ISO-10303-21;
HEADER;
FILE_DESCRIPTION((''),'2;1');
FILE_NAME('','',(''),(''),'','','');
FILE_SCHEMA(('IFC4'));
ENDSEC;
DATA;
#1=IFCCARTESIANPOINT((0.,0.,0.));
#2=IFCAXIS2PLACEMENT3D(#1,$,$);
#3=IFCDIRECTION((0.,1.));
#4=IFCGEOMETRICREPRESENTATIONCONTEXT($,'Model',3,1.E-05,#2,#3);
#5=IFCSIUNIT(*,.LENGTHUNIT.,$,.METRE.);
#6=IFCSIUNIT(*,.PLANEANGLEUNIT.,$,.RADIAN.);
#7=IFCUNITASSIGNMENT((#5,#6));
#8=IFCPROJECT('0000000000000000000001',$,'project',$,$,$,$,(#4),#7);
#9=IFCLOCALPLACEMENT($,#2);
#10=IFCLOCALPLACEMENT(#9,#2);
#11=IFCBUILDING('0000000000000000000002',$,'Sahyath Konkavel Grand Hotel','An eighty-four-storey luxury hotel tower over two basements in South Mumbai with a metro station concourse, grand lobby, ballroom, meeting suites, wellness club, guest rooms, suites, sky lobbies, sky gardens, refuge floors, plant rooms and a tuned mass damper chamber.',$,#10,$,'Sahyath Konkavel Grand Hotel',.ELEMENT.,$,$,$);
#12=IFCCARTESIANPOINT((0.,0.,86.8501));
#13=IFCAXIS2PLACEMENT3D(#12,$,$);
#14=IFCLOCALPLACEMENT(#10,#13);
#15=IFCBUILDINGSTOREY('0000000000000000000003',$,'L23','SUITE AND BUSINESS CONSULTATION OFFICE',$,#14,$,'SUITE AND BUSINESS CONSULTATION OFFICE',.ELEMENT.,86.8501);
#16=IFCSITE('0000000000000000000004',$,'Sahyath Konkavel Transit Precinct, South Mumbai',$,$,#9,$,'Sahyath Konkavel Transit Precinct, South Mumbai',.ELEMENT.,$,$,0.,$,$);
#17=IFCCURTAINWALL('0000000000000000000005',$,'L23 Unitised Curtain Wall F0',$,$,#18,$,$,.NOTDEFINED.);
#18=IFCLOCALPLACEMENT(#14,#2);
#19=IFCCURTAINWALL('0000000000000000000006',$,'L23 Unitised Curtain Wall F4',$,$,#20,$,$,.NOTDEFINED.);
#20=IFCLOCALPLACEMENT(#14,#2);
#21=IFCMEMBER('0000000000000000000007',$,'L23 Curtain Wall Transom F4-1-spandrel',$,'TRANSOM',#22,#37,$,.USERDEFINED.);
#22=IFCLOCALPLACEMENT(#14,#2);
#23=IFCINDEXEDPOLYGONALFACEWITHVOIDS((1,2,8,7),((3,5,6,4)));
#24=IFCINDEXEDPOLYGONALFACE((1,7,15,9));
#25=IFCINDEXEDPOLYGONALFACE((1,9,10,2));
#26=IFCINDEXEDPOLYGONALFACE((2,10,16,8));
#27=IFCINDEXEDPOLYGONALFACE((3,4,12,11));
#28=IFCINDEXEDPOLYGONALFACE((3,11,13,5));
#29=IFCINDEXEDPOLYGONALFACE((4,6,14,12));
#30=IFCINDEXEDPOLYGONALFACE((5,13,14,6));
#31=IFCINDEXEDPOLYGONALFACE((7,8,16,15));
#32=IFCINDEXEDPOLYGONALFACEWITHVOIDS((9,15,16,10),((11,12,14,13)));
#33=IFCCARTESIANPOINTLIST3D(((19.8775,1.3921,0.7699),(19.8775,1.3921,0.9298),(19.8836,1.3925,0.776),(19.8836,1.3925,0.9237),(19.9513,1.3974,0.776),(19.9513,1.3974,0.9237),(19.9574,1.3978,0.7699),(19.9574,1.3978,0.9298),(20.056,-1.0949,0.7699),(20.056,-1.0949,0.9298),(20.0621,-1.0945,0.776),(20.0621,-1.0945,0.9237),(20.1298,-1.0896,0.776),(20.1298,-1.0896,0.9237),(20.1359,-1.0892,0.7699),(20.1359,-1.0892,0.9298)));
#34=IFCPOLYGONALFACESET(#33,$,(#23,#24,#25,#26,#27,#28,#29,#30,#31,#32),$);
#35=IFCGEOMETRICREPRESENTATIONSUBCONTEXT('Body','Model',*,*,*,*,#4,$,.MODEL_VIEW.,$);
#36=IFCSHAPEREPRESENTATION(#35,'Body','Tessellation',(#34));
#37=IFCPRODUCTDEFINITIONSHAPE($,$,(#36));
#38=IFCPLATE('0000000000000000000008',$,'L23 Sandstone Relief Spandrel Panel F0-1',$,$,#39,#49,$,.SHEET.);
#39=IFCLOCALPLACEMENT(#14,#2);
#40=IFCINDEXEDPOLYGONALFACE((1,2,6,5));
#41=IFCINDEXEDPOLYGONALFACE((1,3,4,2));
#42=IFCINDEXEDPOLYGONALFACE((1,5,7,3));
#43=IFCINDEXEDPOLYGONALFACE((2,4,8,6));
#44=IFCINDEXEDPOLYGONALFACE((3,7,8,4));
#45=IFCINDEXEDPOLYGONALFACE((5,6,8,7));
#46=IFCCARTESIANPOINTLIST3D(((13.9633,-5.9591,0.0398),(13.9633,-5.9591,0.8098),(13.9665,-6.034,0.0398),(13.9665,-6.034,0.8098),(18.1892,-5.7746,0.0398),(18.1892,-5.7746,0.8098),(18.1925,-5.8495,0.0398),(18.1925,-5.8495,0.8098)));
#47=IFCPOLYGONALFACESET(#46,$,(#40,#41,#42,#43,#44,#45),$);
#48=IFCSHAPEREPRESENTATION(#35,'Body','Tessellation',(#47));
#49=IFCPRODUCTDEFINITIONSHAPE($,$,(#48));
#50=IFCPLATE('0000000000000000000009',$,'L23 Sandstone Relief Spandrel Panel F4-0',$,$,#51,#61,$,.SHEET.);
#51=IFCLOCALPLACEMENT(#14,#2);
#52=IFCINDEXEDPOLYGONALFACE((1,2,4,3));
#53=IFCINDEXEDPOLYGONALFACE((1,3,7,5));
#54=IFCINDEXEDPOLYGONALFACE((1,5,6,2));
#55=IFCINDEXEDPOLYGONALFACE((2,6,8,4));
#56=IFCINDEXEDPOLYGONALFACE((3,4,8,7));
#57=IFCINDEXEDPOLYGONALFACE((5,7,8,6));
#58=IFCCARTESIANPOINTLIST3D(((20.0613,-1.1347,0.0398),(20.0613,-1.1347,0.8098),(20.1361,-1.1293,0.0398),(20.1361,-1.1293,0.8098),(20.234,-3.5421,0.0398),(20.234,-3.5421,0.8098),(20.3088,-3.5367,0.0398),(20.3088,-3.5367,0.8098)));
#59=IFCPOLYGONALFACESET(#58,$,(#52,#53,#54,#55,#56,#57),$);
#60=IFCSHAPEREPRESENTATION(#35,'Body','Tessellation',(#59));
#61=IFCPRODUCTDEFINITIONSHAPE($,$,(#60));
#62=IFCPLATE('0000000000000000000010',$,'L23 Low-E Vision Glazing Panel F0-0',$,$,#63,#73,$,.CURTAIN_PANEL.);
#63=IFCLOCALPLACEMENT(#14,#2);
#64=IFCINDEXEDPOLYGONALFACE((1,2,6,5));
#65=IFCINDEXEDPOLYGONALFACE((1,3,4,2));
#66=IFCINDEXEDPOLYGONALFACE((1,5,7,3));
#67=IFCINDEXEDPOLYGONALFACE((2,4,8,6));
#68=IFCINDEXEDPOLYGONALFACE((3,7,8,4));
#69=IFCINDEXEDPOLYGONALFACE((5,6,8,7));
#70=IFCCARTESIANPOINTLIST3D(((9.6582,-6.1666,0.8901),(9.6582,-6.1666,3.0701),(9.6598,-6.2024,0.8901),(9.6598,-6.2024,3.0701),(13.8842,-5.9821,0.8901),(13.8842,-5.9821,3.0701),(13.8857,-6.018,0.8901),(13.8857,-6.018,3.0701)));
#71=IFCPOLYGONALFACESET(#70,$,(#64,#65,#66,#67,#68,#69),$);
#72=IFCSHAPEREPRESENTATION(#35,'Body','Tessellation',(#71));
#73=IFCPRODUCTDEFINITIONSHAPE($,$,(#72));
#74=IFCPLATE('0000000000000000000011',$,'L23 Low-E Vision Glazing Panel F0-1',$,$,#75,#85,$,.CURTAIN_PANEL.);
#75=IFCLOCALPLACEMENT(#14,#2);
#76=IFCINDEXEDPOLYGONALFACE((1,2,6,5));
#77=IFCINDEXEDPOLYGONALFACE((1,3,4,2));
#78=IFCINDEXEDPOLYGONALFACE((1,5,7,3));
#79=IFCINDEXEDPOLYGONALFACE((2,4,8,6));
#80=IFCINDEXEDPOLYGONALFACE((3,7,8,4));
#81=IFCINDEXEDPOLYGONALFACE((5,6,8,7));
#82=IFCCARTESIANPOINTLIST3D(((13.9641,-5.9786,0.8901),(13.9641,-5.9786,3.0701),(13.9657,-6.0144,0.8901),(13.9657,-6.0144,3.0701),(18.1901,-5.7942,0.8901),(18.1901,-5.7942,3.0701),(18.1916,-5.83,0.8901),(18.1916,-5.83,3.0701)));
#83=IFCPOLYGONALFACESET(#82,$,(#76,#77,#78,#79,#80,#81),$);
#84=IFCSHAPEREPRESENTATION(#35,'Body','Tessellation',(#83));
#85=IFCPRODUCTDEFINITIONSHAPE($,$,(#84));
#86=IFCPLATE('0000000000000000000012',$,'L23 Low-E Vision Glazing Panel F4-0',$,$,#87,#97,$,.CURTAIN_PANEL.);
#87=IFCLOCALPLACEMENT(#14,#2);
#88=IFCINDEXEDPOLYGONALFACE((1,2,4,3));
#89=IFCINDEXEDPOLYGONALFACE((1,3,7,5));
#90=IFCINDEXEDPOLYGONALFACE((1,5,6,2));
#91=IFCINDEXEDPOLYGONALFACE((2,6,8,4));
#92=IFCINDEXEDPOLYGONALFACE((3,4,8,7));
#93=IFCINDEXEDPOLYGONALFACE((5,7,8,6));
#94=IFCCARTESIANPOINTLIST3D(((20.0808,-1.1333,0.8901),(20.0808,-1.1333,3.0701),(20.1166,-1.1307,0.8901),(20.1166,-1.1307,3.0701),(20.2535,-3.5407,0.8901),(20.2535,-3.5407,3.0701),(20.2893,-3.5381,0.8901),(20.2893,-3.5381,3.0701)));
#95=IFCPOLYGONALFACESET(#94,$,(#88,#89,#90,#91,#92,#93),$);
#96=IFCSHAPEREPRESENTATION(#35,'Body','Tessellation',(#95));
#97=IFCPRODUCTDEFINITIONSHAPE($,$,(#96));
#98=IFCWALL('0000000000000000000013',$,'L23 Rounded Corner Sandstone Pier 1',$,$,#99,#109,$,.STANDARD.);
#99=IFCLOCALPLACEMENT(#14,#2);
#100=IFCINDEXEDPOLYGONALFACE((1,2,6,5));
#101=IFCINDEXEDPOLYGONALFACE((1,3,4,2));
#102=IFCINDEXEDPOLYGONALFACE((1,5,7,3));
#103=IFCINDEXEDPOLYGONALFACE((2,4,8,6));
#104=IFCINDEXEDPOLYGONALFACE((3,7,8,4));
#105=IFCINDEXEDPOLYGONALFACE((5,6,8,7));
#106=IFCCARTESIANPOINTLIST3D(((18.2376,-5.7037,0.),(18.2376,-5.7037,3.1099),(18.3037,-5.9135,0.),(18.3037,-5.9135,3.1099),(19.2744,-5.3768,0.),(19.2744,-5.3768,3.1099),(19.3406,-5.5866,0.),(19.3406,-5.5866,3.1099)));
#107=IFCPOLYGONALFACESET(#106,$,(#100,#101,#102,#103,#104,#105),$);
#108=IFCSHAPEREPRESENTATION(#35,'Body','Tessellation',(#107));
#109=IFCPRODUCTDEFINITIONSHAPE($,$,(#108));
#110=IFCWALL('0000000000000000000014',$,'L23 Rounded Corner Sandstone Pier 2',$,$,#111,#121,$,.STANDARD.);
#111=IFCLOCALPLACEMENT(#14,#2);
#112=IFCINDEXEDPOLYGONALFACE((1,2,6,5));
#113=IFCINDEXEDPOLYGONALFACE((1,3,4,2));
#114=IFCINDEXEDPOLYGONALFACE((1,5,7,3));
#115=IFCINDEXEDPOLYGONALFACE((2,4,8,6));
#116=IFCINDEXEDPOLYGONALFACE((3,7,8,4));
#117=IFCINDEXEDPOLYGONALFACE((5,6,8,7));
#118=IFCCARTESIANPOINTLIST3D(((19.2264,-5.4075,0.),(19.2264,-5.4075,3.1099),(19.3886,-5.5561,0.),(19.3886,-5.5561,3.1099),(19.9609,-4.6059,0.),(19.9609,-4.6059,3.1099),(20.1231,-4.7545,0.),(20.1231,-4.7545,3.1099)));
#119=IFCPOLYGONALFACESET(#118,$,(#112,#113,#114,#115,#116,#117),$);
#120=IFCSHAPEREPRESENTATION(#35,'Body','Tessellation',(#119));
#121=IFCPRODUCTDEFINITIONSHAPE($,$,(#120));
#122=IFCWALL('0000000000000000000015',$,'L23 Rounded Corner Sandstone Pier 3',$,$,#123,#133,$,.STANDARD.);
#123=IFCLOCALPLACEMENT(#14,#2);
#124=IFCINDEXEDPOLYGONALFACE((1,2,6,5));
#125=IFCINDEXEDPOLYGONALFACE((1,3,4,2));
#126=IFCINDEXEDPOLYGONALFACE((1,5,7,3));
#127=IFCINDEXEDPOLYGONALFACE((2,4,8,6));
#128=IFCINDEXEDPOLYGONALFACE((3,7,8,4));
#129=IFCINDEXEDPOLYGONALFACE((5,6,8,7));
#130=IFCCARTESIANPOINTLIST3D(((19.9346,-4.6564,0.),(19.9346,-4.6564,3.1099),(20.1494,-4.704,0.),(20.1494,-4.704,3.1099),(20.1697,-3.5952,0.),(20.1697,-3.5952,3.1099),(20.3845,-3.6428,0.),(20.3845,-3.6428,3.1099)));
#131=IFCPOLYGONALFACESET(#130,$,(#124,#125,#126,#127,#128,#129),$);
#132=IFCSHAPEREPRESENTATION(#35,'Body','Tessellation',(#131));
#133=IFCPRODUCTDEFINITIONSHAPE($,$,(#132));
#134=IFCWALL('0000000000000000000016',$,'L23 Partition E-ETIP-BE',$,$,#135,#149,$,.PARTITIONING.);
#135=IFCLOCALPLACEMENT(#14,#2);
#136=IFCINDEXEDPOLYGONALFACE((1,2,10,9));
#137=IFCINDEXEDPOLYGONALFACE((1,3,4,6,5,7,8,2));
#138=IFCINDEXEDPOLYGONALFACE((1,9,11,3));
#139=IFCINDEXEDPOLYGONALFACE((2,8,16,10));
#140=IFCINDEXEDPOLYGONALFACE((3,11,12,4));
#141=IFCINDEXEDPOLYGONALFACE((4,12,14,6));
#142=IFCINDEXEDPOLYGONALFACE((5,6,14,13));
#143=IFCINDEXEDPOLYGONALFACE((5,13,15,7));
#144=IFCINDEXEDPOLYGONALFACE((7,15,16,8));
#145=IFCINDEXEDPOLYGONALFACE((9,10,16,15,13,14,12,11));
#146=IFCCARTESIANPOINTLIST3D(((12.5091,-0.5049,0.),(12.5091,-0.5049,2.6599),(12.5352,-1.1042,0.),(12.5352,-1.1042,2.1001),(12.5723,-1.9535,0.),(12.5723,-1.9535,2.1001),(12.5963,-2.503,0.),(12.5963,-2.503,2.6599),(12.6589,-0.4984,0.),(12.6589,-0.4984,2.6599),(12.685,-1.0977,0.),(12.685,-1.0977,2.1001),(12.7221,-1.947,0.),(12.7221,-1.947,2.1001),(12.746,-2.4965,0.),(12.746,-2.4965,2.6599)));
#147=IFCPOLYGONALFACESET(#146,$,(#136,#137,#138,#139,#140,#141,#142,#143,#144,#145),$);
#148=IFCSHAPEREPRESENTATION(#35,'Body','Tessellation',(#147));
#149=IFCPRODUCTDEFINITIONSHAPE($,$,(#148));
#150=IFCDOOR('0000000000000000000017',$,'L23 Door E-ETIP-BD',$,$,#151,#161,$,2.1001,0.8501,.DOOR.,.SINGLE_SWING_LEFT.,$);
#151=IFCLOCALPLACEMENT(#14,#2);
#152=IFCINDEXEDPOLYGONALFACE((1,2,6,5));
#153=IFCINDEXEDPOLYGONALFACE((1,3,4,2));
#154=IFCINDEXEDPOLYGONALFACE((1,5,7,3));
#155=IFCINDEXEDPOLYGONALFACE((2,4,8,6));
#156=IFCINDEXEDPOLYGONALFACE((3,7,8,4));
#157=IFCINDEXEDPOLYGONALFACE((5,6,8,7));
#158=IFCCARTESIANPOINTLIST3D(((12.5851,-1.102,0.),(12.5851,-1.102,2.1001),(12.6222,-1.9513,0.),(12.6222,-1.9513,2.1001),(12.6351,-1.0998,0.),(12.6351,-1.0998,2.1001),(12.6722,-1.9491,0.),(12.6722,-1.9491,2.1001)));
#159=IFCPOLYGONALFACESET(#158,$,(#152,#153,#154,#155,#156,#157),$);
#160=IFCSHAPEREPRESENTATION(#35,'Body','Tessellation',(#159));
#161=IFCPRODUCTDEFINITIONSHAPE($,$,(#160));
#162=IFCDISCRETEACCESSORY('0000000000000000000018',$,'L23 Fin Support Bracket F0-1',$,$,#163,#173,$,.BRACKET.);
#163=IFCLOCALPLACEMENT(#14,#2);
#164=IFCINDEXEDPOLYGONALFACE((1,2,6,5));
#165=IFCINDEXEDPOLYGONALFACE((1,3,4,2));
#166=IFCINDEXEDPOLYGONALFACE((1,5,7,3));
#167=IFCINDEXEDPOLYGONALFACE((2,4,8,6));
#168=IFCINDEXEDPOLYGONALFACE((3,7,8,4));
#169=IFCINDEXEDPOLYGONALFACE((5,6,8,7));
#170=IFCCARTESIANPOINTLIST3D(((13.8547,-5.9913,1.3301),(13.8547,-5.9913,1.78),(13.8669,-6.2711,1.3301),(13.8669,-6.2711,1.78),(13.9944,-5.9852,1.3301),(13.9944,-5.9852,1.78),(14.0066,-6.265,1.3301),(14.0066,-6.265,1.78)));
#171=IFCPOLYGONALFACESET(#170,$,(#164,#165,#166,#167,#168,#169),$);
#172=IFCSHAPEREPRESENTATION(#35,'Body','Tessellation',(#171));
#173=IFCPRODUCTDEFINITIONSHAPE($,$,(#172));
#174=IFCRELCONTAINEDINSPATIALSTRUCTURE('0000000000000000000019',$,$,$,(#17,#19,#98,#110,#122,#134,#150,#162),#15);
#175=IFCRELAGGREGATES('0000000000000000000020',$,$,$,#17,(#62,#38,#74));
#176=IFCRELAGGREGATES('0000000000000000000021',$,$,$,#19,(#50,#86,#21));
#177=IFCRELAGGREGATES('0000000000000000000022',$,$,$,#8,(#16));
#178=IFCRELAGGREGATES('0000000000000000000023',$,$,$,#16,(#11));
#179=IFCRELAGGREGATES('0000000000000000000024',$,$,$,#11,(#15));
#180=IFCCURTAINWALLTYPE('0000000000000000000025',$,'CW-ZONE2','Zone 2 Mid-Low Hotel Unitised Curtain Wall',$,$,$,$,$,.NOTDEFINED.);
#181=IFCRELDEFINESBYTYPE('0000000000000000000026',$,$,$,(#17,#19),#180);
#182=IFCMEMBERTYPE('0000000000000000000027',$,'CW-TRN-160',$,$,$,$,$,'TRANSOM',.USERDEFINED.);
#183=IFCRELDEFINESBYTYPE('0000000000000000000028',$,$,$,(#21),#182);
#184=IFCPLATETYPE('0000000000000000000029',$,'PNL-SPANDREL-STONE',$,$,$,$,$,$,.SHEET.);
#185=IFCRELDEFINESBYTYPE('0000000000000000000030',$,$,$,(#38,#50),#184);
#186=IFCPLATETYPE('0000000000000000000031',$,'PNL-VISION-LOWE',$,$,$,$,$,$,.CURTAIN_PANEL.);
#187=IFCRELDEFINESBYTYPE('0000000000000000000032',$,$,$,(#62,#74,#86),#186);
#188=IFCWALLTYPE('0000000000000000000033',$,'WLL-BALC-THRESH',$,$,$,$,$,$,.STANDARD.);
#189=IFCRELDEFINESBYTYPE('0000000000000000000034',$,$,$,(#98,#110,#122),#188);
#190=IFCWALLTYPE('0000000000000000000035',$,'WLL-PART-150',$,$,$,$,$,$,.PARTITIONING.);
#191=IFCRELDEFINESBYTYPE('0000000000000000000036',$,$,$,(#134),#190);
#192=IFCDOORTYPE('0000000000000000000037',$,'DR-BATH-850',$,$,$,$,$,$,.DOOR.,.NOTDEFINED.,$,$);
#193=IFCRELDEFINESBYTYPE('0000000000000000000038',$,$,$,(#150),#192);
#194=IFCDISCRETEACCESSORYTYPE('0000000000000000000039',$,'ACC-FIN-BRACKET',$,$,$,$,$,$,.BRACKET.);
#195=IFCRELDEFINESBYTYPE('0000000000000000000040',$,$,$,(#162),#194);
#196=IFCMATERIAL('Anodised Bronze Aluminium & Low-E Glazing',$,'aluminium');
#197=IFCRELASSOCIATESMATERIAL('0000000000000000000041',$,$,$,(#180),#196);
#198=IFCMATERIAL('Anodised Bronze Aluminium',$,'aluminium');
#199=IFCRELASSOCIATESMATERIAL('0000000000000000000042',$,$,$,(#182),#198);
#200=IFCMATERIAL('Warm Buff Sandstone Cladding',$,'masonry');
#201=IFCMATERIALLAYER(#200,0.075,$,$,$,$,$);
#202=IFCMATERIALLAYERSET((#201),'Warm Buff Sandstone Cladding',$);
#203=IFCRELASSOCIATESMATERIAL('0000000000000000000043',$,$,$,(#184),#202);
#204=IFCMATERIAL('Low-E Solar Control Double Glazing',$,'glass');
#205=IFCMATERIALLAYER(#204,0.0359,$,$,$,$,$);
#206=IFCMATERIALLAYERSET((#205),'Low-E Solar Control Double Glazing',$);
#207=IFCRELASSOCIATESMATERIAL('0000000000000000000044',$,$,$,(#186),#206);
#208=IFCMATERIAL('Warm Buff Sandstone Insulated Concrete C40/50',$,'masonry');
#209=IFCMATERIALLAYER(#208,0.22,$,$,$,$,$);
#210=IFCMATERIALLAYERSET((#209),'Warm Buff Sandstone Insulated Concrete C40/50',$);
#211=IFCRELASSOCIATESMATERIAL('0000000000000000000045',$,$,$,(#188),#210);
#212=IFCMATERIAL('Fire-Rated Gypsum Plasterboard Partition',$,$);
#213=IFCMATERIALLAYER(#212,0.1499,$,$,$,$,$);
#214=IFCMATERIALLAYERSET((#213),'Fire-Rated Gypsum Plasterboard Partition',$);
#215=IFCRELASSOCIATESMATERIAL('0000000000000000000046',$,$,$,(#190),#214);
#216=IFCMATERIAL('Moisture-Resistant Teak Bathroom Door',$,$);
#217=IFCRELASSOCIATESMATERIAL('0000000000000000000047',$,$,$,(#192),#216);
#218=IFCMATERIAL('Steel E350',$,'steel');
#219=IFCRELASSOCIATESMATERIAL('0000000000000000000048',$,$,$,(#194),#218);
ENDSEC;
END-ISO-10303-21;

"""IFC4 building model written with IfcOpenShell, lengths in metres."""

from ifc_helpers import new_model, si_unit, direction, frame, frame_2d, origin, origin_2d, place, context, subcontext, project, spatial, rectangle, hollow_rectangle, extrude, source, transform, mapped, material, layer, layer_set, material_profile, profile_set, type_object, element, fill, aggregate, save


model = new_model("IFC4")

# Units and contexts
model_context = context("Model", 3, precision=1e-05, world=origin(), true_north=direction((0.0, 1.0)))
body_context = subcontext(model_context, "Body", "Model", "MODEL_VIEW")
ifc_project = project(units=[si_unit("LENGTHUNIT", "METRE"), si_unit("PLANEANGLEUNIT", "RADIAN")], contexts=[model_context])

# Site, building, storey
site_placement = place(None, origin())
site = spatial("IfcSite", under=ifc_project, at=site_placement, Name="Sahyath Konkavel Transit Precinct, South Mumbai", LongName="Sahyath Konkavel Transit Precinct, South Mumbai", CompositionType="ELEMENT", RefElevation=0.0)
building_placement = place(site_placement, origin())
building = spatial("IfcBuilding", under=site, at=building_placement, Name="Sahyath Konkavel Grand Hotel", Description="An eighty-four-storey luxury hotel tower over two basements in South Mumbai with a metro station concourse, grand lobby, ballroom, meeting suites, wellness club, guest rooms, suites, sky lobbies, sky gardens, refuge floors, plant rooms and a tuned mass damper chamber.", LongName="Sahyath Konkavel Grand Hotel", CompositionType="ELEMENT")
storey_placement = place(building_placement, frame((0.0, 0.0, 86.8501)))
storey = spatial("IfcBuildingStorey", under=building, at=storey_placement, Name="L23", Description="SUITE AND BUSINESS CONSULTATION OFFICE", LongName="SUITE AND BUSINESS CONSULTATION OFFICE", CompositionType="ELEMENT", Elevation=86.8501)

# Shared definitions
ifc_material_1 = material(Name="Steel E350", Category="steel")

# Curtain walls
ifc_material_2 = material(Name="Anodised Bronze Aluminium & Low-E Glazing", Category="aluminium")
curtain_wall_type = type_object("IfcCurtainWallType", Name="CW-ZONE2", Description="Zone 2 Mid-Low Hotel Unitised Curtain Wall", PredefinedType="NOTDEFINED", material=ifc_material_2)
curtain_wall_1_placement = place(storey_placement, origin())
curtain_wall_1 = element("IfcCurtainWall", 1, at=curtain_wall_1_placement, inside=storey, type_object=curtain_wall_type, Name="L23 Unitised Curtain Wall F0", PredefinedType="NOTDEFINED")
ifc_material_3 = material(Name="Anodised Bronze Aluminium", Category="aluminium")
curtain_wall_2_placement = place(storey_placement, origin())
curtain_wall_2 = element("IfcCurtainWall", 2, at=curtain_wall_2_placement, inside=storey, type_object=curtain_wall_type, Name="L23 Unitised Curtain Wall F4", PredefinedType="NOTDEFINED")

# Member
ifc_material_profile_1 = material_profile(ifc_material_3, hollow_rectangle(XDim=0.0801, YDim=0.1599, WallThickness=0.0061, at=origin_2d()), Name="RHS 160x80x6")
ifc_profile_set_1 = profile_set([ifc_material_profile_1], Name="Anodised Bronze Aluminium")
member_type_1 = type_object("IfcMemberType", Name="CW-TRN-160", ElementType="TRANSOM", PredefinedType="USERDEFINED", material=ifc_profile_set_1)
shared_shape_1 = source(origin(), body_context, "Body", "SweptSolid", [
    extrude(hollow_rectangle(XDim=0.0801, YDim=0.1599, WallThickness=0.0061, at=origin_2d()), origin(), (0.0, 0.0, 1.0), 2.4934),
])
member_1_placement = place(storey_placement, frame((20.0959, -1.092, 0.8499), z_axis=(-0.071574, 0.997435, 0.0), x_axis=(-0.997435, -0.071574, 0.0)))
member_1 = element("IfcMember", 3, at=member_1_placement, type_object=member_type_1, Name="L23 Curtain Wall Transom F4-1-spandrel", ObjectType="TRANSOM", PredefinedType="USERDEFINED", context=body_context, shape_type="MappedRepresentation", body=[
    mapped(shared_shape_1, transform((0.0, 0.0, 0.0), scale=1.0)),
])

# Plates
ifc_material_4 = material(Name="Warm Buff Sandstone Cladding", Category="masonry")
ifc_layer_1 = layer(ifc_material_4, 0.075)
ifc_layer_set_1 = layer_set([ifc_layer_1], Name="Warm Buff Sandstone Cladding")
plate_type_1 = type_object("IfcPlateType", Name="PNL-SPANDREL-STONE", PredefinedType="SHEET", material=ifc_layer_set_1)
shared_shape_2 = source(origin(), body_context, "Body", "SweptSolid", [
    extrude(rectangle(XDim=4.23, YDim=0.075, at=origin_2d()), origin(), (0.0, 0.0, 1.0), 0.77),
])
plate_1_placement = place(storey_placement, frame((16.0779, -5.9043, 0.0398), z_axis=(0.0, 0.0, 1.0), x_axis=(0.999049, 0.043602, 0.0)))
plate_1 = element("IfcPlate", 4, at=plate_1_placement, type_object=plate_type_1, Name="L23 Sandstone Relief Spandrel Panel F0-1", PredefinedType="SHEET", context=body_context, shape_type="MappedRepresentation", body=[
    mapped(shared_shape_2, transform((0.0, 0.0, 0.0), scale=1.0)),
])
shared_shape_3 = source(origin(), body_context, "Body", "SweptSolid", [
    extrude(rectangle(XDim=2.4136, YDim=0.075, at=origin_2d()), origin(), (0.0, 0.0, 1.0), 0.77),
])
plate_2_placement = place(storey_placement, frame((20.1851, -2.3357, 0.0398), z_axis=(0.0, 0.0, 1.0), x_axis=(-0.071567, 0.997436, 0.0)))
plate_2 = element("IfcPlate", 5, at=plate_2_placement, type_object=plate_type_1, Name="L23 Sandstone Relief Spandrel Panel F4-0", PredefinedType="SHEET", context=body_context, shape_type="MappedRepresentation", body=[
    mapped(shared_shape_3, transform((0.0, 0.0, 0.0), scale=1.0)),
])
ifc_material_5 = material(Name="Low-E Solar Control Double Glazing", Category="glass")
ifc_layer_2 = layer(ifc_material_5, 0.0359)
ifc_layer_set_2 = layer_set([ifc_layer_2], Name="Low-E Solar Control Double Glazing")
plate_type_2 = type_object("IfcPlateType", Name="PNL-VISION-LOWE", PredefinedType="CURTAIN_PANEL", material=ifc_layer_set_2)
shared_shape_4 = source(origin(), body_context, "Body", "SweptSolid", [
    extrude(rectangle(XDim=4.23, YDim=0.0359, at=origin_2d()), origin(), (0.0, 0.0, 1.0), 2.1799),
])
plate_3_placement = place(storey_placement, frame((11.772, -6.0923, 0.8901), z_axis=(0.0, 0.0, 1.0), x_axis=(0.999049, 0.043602, 0.0)))
plate_3 = element("IfcPlate", 6, at=plate_3_placement, type_object=plate_type_2, Name="L23 Low-E Vision Glazing Panel F0-0", PredefinedType="CURTAIN_PANEL", context=body_context, shape_type="MappedRepresentation", body=[
    mapped(shared_shape_4, transform((0.0, 0.0, 0.0), scale=1.0)),
])
plate_4_placement = place(storey_placement, frame((16.0779, -5.9043, 0.8901), z_axis=(0.0, 0.0, 1.0), x_axis=(0.999049, 0.043602, 0.0)))
plate_4 = element("IfcPlate", 7, at=plate_4_placement, type_object=plate_type_2, Name="L23 Low-E Vision Glazing Panel F0-1", PredefinedType="CURTAIN_PANEL", context=body_context, shape_type="MappedRepresentation", body=[
    mapped(shared_shape_4, transform((0.0, 0.0, 0.0), scale=1.0)),
])
aggregate(curtain_wall_1, [plate_3, plate_1, plate_4])
shared_shape_5 = source(origin(), body_context, "Body", "SweptSolid", [
    extrude(rectangle(XDim=2.4136, YDim=0.0359, at=origin_2d()), origin(), (0.0, 0.0, 1.0), 2.1799),
])
plate_5_placement = place(storey_placement, frame((20.1851, -2.3357, 0.8901), z_axis=(0.0, 0.0, 1.0), x_axis=(-0.071567, 0.997436, 0.0)))
plate_5 = element("IfcPlate", 8, at=plate_5_placement, type_object=plate_type_2, Name="L23 Low-E Vision Glazing Panel F4-0", PredefinedType="CURTAIN_PANEL", context=body_context, shape_type="MappedRepresentation", body=[
    mapped(shared_shape_5, transform((0.0, 0.0, 0.0), scale=1.0)),
])
aggregate(curtain_wall_2, [plate_2, plate_5, member_1])

# Walls
ifc_material_6 = material(Name="Warm Buff Sandstone Insulated Concrete C40/50", Category="masonry")
ifc_layer_3 = layer(ifc_material_6, 0.22)
ifc_layer_set_3 = layer_set([ifc_layer_3], Name="Warm Buff Sandstone Insulated Concrete C40/50")
wall_type_1 = type_object("IfcWallType", Name="WLL-BALC-THRESH", PredefinedType="STANDARD", material=ifc_layer_set_3)
for number, where, z_axis, x_axis, name in (
    (9, (18.2708, -5.8086, 0.0), (0.0, 0.0, 1.0), (0.953722, 0.300691, 0.0), "L23 Rounded Corner Sandstone Pier 1"),
    (10, (19.3076, -5.4817, 0.0), (0.0, 0.0, 1.0), (0.675552, 0.737313, 0.0), "L23 Rounded Corner Sandstone Pier 2"),
):
    element("IfcWall", number, at=place(storey_placement, frame(where, z_axis=z_axis, x_axis=x_axis)), inside=storey, type_object=wall_type_1, Name=name, PredefinedType="STANDARD", context=body_context, shape_type="SweptSolid", body=[
        extrude(rectangle(XDim=1.0872, YDim=0.22, at=frame_2d((0.5435, 0.0))), origin(), (0.0, 0.0, 1.0), 3.1099),
    ])
wall_1_placement = place(storey_placement, frame((20.042, -4.6802, 0.0), z_axis=(0.0, 0.0, 1.0), x_axis=(0.216288, 0.97633, 0.0)))
element("IfcWall", 11, at=wall_1_placement, inside=storey, type_object=wall_type_1, Name="L23 Rounded Corner Sandstone Pier 3", PredefinedType="STANDARD", context=body_context, shape_type="SweptSolid", body=[
    extrude(rectangle(XDim=1.0869, YDim=0.22, at=frame_2d((0.5435, 0.0))), origin(), (0.0, 0.0, 1.0), 3.1099),
])

# Wall, opening, door
ifc_material_7 = material(Name="Fire-Rated Gypsum Plasterboard Partition")
ifc_layer_4 = layer(ifc_material_7, 0.1499)
ifc_layer_set_4 = layer_set([ifc_layer_4], Name="Fire-Rated Gypsum Plasterboard Partition")
wall_type_2 = type_object("IfcWallType", Name="WLL-PART-150", PredefinedType="PARTITIONING", material=ifc_layer_set_4)
wall_2_placement = place(storey_placement, frame((12.6711, -2.4998, 0.0), z_axis=(0.0, 0.0, 1.0), x_axis=(-0.04358, 0.99905, 0.0)))
wall_2 = element("IfcWall", 12, at=wall_2_placement, inside=storey, type_object=wall_type_2, Name="L23 Partition E-ETIP-BE", PredefinedType="PARTITIONING", context=body_context, shape_type="SweptSolid", body=[
    extrude(rectangle(XDim=2.0, YDim=0.1499, at=frame_2d((1.0, 0.0))), origin(), (0.0, 0.0, 1.0), 2.6599),
])
opening_placement = place(wall_2_placement, frame((0.55, 0.0, 0.0)))
opening = element("IfcOpeningElement", 13, at=opening_placement, cuts=wall_2, PredefinedType="OPENING", context=body_context, shape_type="SweptSolid", body=[
    extrude(rectangle(XDim=0.8501, YDim=2.1001, at=frame_2d((0.425, 1.05))), frame((0.0, 0.085, 0.0), z_axis=(0.0, -1.0, 0.0), x_axis=(1.0, 0.0, 0.0)), (0.0, 0.0, 1.0), 0.1699),
])
ifc_material_8 = material(Name="Moisture-Resistant Teak Bathroom Door")
door_type = type_object("IfcDoorType", Name="DR-BATH-850", OperationType="NOTDEFINED", PredefinedType="DOOR", material=ifc_material_8)
shared_shape_6 = source(origin(), body_context, "Body", "SweptSolid", [
    extrude(rectangle(XDim=0.8501, YDim=0.05, at=origin_2d()), origin(), (0.0, 0.0, 1.0), 2.1001),
])
door_placement = place(opening_placement, frame((0.425, 0.0, 0.0)))
door = element("IfcDoor", 14, at=door_placement, inside=storey, type_object=door_type, Name="L23 Door E-ETIP-BD", OperationType="SINGLE_SWING_LEFT", OverallHeight=2.1001, OverallWidth=0.8501, PredefinedType="DOOR", context=body_context, shape_type="MappedRepresentation", body=[
    mapped(shared_shape_6, transform((0.0, 0.0, 0.0), scale=1.0)),
])
fill(opening, door)

# Discrete accessory
discrete_accessory_type = type_object("IfcDiscreteAccessoryType", Name="ACC-FIN-BRACKET", PredefinedType="BRACKET", material=ifc_material_1)
shared_shape_7 = source(origin(), body_context, "Body", "SweptSolid", [
    extrude(rectangle(XDim=0.28, YDim=0.1399, at=origin_2d()), origin(), (0.0, 0.0, 1.0), 0.45),
])
discrete_accessory_placement = place(storey_placement, frame((13.9307, -6.1282, 1.3301), z_axis=(0.0, 0.0, 1.0), x_axis=(0.043602, -0.999049, 0.0)))
element("IfcDiscreteAccessory", 15, at=discrete_accessory_placement, inside=storey, type_object=discrete_accessory_type, Name="L23 Fin Support Bracket F0-1", PredefinedType="BRACKET", context=body_context, shape_type="MappedRepresentation", body=[
    mapped(shared_shape_7, transform((0.0, 0.0, 0.0), scale=1.0)),
])

save(model, "model.ifc")
